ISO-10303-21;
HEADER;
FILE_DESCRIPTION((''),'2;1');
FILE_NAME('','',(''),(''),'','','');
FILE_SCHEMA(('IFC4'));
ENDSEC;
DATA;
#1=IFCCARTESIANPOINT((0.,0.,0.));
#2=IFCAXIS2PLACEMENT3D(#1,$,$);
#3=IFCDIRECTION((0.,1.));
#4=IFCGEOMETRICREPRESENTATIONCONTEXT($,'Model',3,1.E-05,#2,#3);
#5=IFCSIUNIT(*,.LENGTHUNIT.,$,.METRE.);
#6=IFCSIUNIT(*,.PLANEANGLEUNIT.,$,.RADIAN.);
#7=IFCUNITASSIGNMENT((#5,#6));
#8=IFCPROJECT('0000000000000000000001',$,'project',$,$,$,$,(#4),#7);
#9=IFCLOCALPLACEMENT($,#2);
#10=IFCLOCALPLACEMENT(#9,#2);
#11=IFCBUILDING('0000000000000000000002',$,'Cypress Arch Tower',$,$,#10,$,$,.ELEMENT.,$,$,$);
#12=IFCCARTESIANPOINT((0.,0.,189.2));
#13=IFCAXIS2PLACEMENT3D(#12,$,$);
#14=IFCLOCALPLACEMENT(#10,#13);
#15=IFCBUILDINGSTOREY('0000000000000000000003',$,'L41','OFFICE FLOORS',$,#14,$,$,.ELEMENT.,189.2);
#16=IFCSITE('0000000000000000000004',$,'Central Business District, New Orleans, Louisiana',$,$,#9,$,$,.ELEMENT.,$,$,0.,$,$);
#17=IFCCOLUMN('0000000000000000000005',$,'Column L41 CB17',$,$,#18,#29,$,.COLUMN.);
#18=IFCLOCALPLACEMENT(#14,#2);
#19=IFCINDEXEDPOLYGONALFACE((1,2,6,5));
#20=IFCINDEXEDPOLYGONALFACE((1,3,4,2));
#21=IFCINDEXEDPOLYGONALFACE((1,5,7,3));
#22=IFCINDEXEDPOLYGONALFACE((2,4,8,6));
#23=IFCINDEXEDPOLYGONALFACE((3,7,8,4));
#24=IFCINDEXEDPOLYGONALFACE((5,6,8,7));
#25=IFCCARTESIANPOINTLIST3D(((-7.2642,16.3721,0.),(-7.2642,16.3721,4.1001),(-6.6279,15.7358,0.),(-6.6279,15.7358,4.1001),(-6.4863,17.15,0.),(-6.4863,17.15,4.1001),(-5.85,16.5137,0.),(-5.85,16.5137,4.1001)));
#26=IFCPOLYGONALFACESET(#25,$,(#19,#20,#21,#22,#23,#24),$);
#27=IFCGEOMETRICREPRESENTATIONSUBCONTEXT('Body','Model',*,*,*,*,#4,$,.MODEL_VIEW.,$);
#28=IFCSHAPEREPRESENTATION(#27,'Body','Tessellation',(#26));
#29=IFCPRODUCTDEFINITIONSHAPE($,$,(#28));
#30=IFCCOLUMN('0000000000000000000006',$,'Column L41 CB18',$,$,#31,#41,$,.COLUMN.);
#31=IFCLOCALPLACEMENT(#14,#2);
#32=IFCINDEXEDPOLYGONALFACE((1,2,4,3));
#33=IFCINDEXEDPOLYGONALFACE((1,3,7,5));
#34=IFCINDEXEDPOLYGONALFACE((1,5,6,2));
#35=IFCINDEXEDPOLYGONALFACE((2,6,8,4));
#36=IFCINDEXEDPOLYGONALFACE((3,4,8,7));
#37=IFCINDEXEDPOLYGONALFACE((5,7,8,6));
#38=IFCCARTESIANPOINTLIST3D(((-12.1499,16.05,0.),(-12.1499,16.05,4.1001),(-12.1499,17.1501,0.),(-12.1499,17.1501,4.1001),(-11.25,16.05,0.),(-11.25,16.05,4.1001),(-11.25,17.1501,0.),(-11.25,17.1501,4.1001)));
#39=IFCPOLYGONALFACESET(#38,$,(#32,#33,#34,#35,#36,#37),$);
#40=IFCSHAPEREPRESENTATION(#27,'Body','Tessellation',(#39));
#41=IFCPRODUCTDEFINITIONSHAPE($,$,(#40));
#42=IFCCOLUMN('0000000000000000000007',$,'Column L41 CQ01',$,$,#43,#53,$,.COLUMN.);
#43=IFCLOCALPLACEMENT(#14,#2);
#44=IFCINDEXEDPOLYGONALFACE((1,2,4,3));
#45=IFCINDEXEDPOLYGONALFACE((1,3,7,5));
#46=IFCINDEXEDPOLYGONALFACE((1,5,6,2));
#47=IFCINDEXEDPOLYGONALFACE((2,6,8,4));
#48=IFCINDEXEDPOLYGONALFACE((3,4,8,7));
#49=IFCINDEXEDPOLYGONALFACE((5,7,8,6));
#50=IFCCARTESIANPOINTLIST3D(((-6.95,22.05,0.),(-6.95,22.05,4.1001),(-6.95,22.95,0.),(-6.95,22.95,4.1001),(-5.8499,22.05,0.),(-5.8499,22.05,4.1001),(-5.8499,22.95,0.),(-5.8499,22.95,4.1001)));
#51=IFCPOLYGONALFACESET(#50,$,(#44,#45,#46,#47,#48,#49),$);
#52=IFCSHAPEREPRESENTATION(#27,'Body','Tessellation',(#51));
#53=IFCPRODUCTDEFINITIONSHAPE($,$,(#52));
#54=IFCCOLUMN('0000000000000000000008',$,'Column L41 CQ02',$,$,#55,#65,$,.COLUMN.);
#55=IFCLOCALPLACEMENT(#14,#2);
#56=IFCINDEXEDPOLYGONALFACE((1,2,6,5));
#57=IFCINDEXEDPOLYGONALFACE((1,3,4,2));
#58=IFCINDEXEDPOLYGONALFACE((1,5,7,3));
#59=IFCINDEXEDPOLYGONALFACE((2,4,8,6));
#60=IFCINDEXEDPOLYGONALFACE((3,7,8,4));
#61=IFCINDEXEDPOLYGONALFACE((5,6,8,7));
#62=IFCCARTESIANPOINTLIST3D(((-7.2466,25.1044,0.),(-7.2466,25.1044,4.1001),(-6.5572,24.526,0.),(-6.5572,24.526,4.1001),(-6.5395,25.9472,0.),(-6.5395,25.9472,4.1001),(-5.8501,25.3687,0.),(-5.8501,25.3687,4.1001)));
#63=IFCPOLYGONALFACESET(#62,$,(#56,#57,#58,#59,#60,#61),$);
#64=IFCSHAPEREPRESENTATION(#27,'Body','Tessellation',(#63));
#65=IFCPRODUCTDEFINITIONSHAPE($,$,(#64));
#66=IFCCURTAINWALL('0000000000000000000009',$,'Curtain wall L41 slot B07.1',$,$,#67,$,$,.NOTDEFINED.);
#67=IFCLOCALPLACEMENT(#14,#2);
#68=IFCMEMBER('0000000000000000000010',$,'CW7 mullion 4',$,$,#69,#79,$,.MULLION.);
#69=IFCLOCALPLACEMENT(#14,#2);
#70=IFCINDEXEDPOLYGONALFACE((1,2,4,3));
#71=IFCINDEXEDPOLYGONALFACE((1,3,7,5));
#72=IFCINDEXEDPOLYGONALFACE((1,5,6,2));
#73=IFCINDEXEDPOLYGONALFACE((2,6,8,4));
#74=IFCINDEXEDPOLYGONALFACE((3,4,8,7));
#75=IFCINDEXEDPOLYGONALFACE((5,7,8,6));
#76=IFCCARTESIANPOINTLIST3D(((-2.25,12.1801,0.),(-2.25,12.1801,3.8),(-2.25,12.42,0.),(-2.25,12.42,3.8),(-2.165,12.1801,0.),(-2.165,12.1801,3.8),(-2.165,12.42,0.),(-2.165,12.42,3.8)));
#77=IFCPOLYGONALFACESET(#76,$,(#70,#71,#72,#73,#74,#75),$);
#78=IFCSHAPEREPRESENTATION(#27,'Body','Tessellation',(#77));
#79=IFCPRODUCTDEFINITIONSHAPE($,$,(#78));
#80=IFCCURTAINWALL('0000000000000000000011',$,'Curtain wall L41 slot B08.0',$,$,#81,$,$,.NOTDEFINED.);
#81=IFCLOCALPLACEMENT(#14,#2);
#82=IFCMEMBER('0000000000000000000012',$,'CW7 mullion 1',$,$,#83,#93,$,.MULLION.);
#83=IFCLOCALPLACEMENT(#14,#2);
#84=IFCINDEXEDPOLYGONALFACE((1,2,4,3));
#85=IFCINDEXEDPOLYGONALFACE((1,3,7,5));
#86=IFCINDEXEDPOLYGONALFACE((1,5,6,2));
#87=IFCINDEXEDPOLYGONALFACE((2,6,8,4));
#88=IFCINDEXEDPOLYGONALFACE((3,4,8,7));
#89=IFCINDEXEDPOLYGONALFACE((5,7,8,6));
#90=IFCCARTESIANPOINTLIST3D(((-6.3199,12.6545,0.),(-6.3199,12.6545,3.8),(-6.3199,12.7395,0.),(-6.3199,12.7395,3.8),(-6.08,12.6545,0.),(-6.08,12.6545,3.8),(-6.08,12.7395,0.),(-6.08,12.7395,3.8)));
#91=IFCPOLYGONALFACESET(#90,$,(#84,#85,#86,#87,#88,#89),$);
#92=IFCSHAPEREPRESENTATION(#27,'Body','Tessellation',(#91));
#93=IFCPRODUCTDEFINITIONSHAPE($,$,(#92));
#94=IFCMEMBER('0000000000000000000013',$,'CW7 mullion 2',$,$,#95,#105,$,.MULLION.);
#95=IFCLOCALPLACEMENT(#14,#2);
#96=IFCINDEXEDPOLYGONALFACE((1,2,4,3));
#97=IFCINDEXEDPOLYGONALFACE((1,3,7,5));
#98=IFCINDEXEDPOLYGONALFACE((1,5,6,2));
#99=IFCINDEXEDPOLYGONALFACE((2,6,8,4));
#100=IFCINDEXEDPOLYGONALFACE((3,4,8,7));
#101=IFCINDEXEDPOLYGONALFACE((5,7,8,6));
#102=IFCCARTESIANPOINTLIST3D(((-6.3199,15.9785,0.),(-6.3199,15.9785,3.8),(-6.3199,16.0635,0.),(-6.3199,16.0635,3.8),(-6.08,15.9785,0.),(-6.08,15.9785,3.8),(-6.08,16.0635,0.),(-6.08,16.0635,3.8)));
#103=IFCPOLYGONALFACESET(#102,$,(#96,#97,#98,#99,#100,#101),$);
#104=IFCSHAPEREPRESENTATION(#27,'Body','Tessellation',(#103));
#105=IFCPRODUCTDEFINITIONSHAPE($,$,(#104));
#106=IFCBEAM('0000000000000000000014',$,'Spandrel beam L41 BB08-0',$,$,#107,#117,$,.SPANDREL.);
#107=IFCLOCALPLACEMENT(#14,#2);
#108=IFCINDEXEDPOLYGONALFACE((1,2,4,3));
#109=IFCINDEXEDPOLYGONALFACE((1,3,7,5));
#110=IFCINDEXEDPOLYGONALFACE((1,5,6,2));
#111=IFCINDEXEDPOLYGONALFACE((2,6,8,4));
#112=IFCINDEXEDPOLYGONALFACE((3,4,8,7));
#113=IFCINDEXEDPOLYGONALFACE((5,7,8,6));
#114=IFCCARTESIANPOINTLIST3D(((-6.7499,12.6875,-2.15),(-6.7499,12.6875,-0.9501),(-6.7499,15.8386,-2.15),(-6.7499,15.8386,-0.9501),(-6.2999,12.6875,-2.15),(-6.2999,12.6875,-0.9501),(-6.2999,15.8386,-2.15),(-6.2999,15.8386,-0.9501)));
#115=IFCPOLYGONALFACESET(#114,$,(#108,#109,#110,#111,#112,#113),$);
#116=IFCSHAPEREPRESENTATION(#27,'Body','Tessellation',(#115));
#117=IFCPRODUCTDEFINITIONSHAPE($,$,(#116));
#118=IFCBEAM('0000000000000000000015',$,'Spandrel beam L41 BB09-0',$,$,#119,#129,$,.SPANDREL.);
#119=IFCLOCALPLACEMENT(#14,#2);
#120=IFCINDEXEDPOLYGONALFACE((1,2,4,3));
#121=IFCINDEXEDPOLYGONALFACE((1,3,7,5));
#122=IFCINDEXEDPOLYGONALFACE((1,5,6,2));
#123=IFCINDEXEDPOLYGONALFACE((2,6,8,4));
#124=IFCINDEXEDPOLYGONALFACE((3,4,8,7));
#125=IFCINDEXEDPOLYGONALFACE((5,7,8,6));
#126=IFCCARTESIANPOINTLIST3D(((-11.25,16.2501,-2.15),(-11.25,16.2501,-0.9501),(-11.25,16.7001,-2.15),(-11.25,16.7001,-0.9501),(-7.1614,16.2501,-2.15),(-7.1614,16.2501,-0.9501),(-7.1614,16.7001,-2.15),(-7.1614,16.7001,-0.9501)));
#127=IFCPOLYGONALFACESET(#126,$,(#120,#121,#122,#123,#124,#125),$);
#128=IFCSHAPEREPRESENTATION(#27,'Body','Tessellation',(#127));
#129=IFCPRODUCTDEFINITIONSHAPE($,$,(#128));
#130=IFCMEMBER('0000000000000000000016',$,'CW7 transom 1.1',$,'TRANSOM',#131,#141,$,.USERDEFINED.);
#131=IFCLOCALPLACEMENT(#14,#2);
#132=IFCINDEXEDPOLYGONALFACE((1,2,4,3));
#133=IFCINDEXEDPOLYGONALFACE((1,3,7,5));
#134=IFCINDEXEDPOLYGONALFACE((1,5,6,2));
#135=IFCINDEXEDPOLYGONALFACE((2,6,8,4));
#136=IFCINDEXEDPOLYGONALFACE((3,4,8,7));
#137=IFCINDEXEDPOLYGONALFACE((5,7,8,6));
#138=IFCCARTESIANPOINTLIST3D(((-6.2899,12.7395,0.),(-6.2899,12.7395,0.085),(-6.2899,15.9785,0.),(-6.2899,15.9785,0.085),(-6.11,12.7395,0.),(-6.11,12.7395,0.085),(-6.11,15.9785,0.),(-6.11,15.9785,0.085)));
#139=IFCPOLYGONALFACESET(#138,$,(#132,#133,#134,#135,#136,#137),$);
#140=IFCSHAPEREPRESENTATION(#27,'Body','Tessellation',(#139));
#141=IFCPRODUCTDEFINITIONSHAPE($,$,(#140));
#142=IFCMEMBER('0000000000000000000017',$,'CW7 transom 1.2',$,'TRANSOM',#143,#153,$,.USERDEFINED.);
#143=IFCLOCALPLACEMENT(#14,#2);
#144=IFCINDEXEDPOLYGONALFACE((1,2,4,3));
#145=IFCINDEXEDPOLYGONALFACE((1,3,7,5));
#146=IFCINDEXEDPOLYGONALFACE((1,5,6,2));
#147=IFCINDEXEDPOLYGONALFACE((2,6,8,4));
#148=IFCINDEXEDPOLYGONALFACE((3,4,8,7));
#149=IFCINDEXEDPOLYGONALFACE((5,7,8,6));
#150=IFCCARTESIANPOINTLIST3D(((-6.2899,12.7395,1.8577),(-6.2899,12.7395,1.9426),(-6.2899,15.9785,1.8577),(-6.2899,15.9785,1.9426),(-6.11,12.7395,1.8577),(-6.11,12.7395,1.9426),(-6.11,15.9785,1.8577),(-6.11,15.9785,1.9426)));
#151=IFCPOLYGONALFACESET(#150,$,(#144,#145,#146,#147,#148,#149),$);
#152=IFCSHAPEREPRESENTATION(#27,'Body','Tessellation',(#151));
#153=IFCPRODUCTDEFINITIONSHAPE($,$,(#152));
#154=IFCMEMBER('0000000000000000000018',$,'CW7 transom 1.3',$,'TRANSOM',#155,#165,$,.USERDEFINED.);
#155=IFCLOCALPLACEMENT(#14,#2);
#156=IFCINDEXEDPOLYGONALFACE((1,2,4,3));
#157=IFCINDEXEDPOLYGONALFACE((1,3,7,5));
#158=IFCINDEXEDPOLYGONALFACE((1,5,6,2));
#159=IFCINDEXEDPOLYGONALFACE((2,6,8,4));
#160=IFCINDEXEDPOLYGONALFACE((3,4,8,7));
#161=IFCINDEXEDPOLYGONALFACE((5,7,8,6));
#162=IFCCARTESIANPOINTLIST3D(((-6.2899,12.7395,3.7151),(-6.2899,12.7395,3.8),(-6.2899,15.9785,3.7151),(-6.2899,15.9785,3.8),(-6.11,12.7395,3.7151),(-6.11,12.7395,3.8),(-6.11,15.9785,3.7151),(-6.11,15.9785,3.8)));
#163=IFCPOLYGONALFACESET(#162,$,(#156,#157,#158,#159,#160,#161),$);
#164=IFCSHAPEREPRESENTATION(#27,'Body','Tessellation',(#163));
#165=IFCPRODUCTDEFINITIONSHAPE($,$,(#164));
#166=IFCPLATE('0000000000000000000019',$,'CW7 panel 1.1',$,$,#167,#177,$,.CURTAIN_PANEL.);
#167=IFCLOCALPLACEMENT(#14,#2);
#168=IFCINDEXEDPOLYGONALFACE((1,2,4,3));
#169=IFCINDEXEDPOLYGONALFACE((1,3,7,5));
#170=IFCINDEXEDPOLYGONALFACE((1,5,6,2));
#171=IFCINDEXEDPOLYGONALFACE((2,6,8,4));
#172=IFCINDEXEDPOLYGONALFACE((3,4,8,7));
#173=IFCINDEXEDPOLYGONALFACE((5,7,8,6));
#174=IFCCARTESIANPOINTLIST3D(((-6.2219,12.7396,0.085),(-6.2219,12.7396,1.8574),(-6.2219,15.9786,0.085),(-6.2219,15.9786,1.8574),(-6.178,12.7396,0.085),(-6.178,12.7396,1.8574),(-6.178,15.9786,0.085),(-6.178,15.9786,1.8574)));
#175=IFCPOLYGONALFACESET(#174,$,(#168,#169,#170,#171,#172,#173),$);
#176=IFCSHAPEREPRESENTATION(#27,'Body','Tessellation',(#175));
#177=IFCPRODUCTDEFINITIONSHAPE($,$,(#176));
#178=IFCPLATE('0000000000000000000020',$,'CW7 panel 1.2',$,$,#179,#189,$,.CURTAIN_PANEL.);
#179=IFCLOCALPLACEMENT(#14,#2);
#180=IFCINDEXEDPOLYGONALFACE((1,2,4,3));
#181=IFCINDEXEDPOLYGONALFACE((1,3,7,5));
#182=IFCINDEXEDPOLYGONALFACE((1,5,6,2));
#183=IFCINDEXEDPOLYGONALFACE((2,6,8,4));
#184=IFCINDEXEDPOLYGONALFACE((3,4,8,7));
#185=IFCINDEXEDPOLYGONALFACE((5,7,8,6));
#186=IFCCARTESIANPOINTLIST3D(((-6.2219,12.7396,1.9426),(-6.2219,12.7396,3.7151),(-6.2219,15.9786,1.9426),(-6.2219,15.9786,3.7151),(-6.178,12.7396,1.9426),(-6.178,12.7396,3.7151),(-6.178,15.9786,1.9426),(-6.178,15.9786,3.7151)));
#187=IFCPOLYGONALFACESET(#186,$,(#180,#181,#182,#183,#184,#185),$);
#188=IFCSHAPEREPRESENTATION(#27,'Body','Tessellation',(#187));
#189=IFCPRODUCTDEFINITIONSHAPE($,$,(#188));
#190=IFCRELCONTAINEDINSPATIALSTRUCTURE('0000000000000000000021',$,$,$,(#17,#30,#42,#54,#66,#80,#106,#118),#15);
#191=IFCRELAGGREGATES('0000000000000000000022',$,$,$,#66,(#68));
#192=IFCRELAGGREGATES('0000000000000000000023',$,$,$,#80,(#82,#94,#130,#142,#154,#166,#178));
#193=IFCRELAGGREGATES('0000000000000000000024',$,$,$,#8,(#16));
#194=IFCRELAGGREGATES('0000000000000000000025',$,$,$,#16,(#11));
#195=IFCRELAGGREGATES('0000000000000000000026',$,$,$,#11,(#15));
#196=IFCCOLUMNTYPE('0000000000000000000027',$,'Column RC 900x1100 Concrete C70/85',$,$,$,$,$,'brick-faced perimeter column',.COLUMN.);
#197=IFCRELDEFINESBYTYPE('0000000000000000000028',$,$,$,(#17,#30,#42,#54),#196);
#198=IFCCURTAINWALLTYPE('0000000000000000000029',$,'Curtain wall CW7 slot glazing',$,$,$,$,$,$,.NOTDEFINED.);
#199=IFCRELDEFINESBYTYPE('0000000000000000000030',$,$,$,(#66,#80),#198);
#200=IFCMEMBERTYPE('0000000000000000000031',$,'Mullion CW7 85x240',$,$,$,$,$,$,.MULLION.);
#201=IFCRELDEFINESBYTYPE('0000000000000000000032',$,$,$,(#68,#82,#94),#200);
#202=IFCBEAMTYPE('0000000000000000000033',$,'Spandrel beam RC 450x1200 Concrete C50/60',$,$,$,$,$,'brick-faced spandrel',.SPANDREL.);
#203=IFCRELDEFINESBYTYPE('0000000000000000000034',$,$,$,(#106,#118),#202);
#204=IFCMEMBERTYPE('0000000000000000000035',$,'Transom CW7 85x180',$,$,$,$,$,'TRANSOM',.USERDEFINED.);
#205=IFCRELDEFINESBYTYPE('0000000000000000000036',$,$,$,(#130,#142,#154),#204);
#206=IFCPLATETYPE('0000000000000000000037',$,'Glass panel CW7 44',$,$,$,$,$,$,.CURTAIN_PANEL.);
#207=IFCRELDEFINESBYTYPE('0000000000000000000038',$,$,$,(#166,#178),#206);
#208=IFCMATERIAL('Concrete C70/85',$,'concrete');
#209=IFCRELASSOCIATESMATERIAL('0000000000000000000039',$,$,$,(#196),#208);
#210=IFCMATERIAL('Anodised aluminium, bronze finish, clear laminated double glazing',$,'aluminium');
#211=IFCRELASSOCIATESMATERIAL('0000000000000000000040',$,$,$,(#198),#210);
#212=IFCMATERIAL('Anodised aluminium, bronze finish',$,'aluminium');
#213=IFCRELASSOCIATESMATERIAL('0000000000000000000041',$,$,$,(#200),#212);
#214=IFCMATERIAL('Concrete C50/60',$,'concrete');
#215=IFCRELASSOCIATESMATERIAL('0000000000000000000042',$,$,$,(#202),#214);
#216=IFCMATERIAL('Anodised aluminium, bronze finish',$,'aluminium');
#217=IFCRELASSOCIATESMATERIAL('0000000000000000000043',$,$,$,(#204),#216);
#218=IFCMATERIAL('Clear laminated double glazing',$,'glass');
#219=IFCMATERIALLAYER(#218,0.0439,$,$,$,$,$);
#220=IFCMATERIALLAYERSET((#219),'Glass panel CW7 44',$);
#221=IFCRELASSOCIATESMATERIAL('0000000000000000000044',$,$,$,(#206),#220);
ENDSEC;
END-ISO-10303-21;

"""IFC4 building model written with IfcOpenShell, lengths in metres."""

from ifc_helpers import new_model, si_unit, direction, frame, origin, origin_2d, place, context, subcontext, project, spatial, rectangle, extrude, material, layer, layer_set, material_profile, profile_set, type_object, element, aggregate, save


model = new_model("IFC4")

# Units and contexts
model_context = context("Model", 3, precision=1e-05, world=origin(), true_north=direction((0.0, 1.0)))
body_context = subcontext(model_context, "Body", "Model", "MODEL_VIEW")
ifc_project = project(units=[si_unit("LENGTHUNIT", "METRE"), si_unit("PLANEANGLEUNIT", "RADIAN")], contexts=[model_context])

# Site, building, storey
site_placement = place(None, origin())
site = spatial("IfcSite", under=ifc_project, at=site_placement, Name="Central Business District, New Orleans, Louisiana", CompositionType="ELEMENT", RefElevation=0.0)
building_placement = place(site_placement, origin())
building = spatial("IfcBuilding", under=site, at=building_placement, Name="Cypress Arch Tower", CompositionType="ELEMENT")
storey_placement = place(building_placement, frame((0.0, 0.0, 189.2)))
storey = spatial("IfcBuildingStorey", under=building, at=storey_placement, Name="L41", Description="OFFICE FLOORS", CompositionType="ELEMENT", Elevation=189.2)

# Columns
ifc_material_1 = material(Name="Concrete C70/85", Category="concrete")
ifc_material_profile_1 = material_profile(ifc_material_1, rectangle(XDim=0.8999, YDim=1.1001, at=origin_2d()), Name="RC 900x1100")
ifc_profile_set_1 = profile_set([ifc_material_profile_1], Name="Concrete C70/85")
column_type = type_object("IfcColumnType", Name="Column RC 900x1100 Concrete C70/85", ElementType="brick-faced perimeter column", PredefinedType="COLUMN", material=ifc_profile_set_1)
for number, where, z_axis, x_axis, name in (
    (1, (-6.5571, 16.4429, 0.0), (0.0, 0.0, 1.0), (-0.707107, 0.707107, 0.0), "Column L41 CB17"),
    (2, (-11.7, 16.6001, 0.0), (0.0, 0.0, 1.0), (-1.0, 0.0, 0.0), "Column L41 CB18"),
    (3, (-6.3999, 22.5, 0.0), (0.0, 0.0, 1.0), (0.0, 1.0, 0.0), "Column L41 CQ01"),
    (4, (-6.5483, 25.2366, 0.0), (0.0, 0.0, 1.0), (-0.766064, 0.642765, 0.0), "Column L41 CQ02"),
):
    element("IfcColumn", number, at=place(storey_placement, frame(where, z_axis=z_axis, x_axis=x_axis)), inside=storey, type_object=column_type, Name=name, PredefinedType="COLUMN", context=body_context, shape_type="SweptSolid", body=[
        extrude(rectangle(XDim=0.8999, YDim=1.1001, at=origin_2d()), origin(), (0.0, 0.0, 1.0), 4.1001),
    ])

# Curtain wall, member
ifc_material_2 = material(Name="Anodised aluminium, bronze finish, clear laminated double glazing", Category="aluminium")
curtain_wall_type = type_object("IfcCurtainWallType", Name="Curtain wall CW7 slot glazing", PredefinedType="NOTDEFINED", material=ifc_material_2)
curtain_wall_1_placement = place(storey_placement, origin())
curtain_wall_1 = element("IfcCurtainWall", 5, at=curtain_wall_1_placement, inside=storey, type_object=curtain_wall_type, Name="Curtain wall L41 slot B07.1", PredefinedType="NOTDEFINED")
ifc_material_3 = material(Name="Anodised aluminium, bronze finish", Category="aluminium")
ifc_material_profile_2 = material_profile(ifc_material_3, rectangle(XDim=0.24, YDim=0.085, at=origin_2d()), Name="Mullion 85x240")
ifc_profile_set_2 = profile_set([ifc_material_profile_2], Name="Anodised aluminium, bronze finish")
member_type_1 = type_object("IfcMemberType", Name="Mullion CW7 85x240", PredefinedType="MULLION", material=ifc_profile_set_2)
member_1_placement = place(storey_placement, frame((-2.2075, 12.3, 0.0), z_axis=(0.0, 0.0, 1.0), x_axis=(0.0, -1.0, 0.0)))
member_1 = element("IfcMember", 6, at=member_1_placement, type_object=member_type_1, Name="CW7 mullion 4", PredefinedType="MULLION", context=body_context, shape_type="SweptSolid", body=[
    extrude(rectangle(XDim=0.24, YDim=0.085, at=origin_2d()), origin(), (0.0, 0.0, 1.0), 3.8),
])
aggregate(curtain_wall_1, [member_1])

# Curtain wall, members
curtain_wall_2_placement = place(storey_placement, origin())
curtain_wall_2 = element("IfcCurtainWall", 7, at=curtain_wall_2_placement, inside=storey, type_object=curtain_wall_type, Name="Curtain wall L41 slot B08.0", PredefinedType="NOTDEFINED")
member_2_placement = place(storey_placement, frame((-6.2, 12.697, 0.0), z_axis=(0.0, 0.0, 1.0), x_axis=(-1.0, 0.0, 0.0)))
member_2 = element("IfcMember", 8, at=member_2_placement, type_object=member_type_1, Name="CW7 mullion 1", PredefinedType="MULLION", context=body_context, shape_type="SweptSolid", body=[
    extrude(rectangle(XDim=0.24, YDim=0.085, at=origin_2d()), origin(), (0.0, 0.0, 1.0), 3.8),
])
member_3_placement = place(storey_placement, frame((-6.2, 16.021, 0.0), z_axis=(0.0, 0.0, 1.0), x_axis=(-1.0, 0.0, 0.0)))
member_3 = element("IfcMember", 9, at=member_3_placement, type_object=member_type_1, Name="CW7 mullion 2", PredefinedType="MULLION", context=body_context, shape_type="SweptSolid", body=[
    extrude(rectangle(XDim=0.24, YDim=0.085, at=origin_2d()), origin(), (0.0, 0.0, 1.0), 3.8),
])

# Beams
ifc_material_4 = material(Name="Concrete C50/60", Category="concrete")
ifc_material_profile_3 = material_profile(ifc_material_4, rectangle(XDim=0.45, YDim=1.2, at=origin_2d()), Name="RC 450x1200")
ifc_profile_set_3 = profile_set([ifc_material_profile_3], Name="Concrete C50/60")
beam_type = type_object("IfcBeamType", Name="Spandrel beam RC 450x1200 Concrete C50/60", ElementType="brick-faced spandrel", PredefinedType="SPANDREL", material=ifc_profile_set_3)
beam_1_placement = place(storey_placement, frame((-6.5249, 12.6875, -1.55), z_axis=(0.0, 1.0, 0.0), x_axis=(-1.0, 0.0, 0.0)))
element("IfcBeam", 10, at=beam_1_placement, inside=storey, type_object=beam_type, Name="Spandrel beam L41 BB08-0", PredefinedType="SPANDREL", context=body_context, shape_type="SweptSolid", body=[
    extrude(rectangle(XDim=0.45, YDim=1.2, at=origin_2d()), origin(), (0.0, 0.0, 1.0), 3.1511),
])
beam_2_placement = place(storey_placement, frame((-7.1614, 16.4751, -1.55), z_axis=(-1.0, 0.0, 0.0), x_axis=(0.0, -1.0, 0.0)))
element("IfcBeam", 11, at=beam_2_placement, inside=storey, type_object=beam_type, Name="Spandrel beam L41 BB09-0", PredefinedType="SPANDREL", context=body_context, shape_type="SweptSolid", body=[
    extrude(rectangle(XDim=0.45, YDim=1.2, at=origin_2d()), origin(), (0.0, 0.0, 1.0), 4.0886),
])

# Members
ifc_material_5 = material(Name="Anodised aluminium, bronze finish", Category="aluminium")
ifc_material_profile_4 = material_profile(ifc_material_5, rectangle(XDim=0.1799, YDim=0.085, at=origin_2d()), Name="Transom 85x180")
ifc_profile_set_4 = profile_set([ifc_material_profile_4], Name="Anodised aluminium, bronze finish")
member_type_2 = type_object("IfcMemberType", Name="Transom CW7 85x180", ElementType="TRANSOM", PredefinedType="USERDEFINED", material=ifc_profile_set_4)
member_4_placement = place(storey_placement, frame((-6.2, 12.7395, 0.0425), z_axis=(0.0, 1.0, 0.0), x_axis=(-1.0, 0.0, 0.0)))
member_4 = element("IfcMember", 12, at=member_4_placement, type_object=member_type_2, Name="CW7 transom 1.1", ObjectType="TRANSOM", PredefinedType="USERDEFINED", context=body_context, shape_type="SweptSolid", body=[
    extrude(rectangle(XDim=0.1799, YDim=0.085, at=origin_2d()), origin(), (0.0, 0.0, 1.0), 3.239),
])
member_5_placement = place(storey_placement, frame((-6.2, 12.7395, 1.9001), z_axis=(0.0, 1.0, 0.0), x_axis=(-1.0, 0.0, 0.0)))
member_5 = element("IfcMember", 13, at=member_5_placement, type_object=member_type_2, Name="CW7 transom 1.2", ObjectType="TRANSOM", PredefinedType="USERDEFINED", context=body_context, shape_type="SweptSolid", body=[
    extrude(rectangle(XDim=0.1799, YDim=0.085, at=origin_2d()), origin(), (0.0, 0.0, 1.0), 3.239),
])
member_6_placement = place(storey_placement, frame((-6.2, 12.7395, 3.7576), z_axis=(0.0, 1.0, 0.0), x_axis=(-1.0, 0.0, 0.0)))
member_6 = element("IfcMember", 14, at=member_6_placement, type_object=member_type_2, Name="CW7 transom 1.3", ObjectType="TRANSOM", PredefinedType="USERDEFINED", context=body_context, shape_type="SweptSolid", body=[
    extrude(rectangle(XDim=0.1799, YDim=0.085, at=origin_2d()), origin(), (0.0, 0.0, 1.0), 3.239),
])

# Plates
ifc_material_6 = material(Name="Clear laminated double glazing", Category="glass")
ifc_layer_1 = layer(ifc_material_6, 0.0439)
ifc_layer_set_1 = layer_set([ifc_layer_1], Name="Glass panel CW7 44")
plate_type = type_object("IfcPlateType", Name="Glass panel CW7 44", PredefinedType="CURTAIN_PANEL", material=ifc_layer_set_1)
plate_1_placement = place(storey_placement, frame((-6.2, 14.3591, 0.085), z_axis=(0.0, 0.0, 1.0), x_axis=(0.0, 1.0, 0.0)))
plate_1 = element("IfcPlate", 15, at=plate_1_placement, type_object=plate_type, Name="CW7 panel 1.1", PredefinedType="CURTAIN_PANEL", context=body_context, shape_type="SweptSolid", body=[
    extrude(rectangle(XDim=3.239, YDim=0.0439, at=origin_2d()), origin(), (0.0, 0.0, 1.0), 1.7725),
])
plate_2_placement = place(storey_placement, frame((-6.2, 14.3591, 1.9426), z_axis=(0.0, 0.0, 1.0), x_axis=(0.0, 1.0, 0.0)))
plate_2 = element("IfcPlate", 16, at=plate_2_placement, type_object=plate_type, Name="CW7 panel 1.2", PredefinedType="CURTAIN_PANEL", context=body_context, shape_type="SweptSolid", body=[
    extrude(rectangle(XDim=3.239, YDim=0.0439, at=origin_2d()), origin(), (0.0, 0.0, 1.0), 1.7725),
])
aggregate(curtain_wall_2, [member_2, member_3, member_4, member_5, member_6, plate_1, plate_2])

save(model, "model.ifc")
